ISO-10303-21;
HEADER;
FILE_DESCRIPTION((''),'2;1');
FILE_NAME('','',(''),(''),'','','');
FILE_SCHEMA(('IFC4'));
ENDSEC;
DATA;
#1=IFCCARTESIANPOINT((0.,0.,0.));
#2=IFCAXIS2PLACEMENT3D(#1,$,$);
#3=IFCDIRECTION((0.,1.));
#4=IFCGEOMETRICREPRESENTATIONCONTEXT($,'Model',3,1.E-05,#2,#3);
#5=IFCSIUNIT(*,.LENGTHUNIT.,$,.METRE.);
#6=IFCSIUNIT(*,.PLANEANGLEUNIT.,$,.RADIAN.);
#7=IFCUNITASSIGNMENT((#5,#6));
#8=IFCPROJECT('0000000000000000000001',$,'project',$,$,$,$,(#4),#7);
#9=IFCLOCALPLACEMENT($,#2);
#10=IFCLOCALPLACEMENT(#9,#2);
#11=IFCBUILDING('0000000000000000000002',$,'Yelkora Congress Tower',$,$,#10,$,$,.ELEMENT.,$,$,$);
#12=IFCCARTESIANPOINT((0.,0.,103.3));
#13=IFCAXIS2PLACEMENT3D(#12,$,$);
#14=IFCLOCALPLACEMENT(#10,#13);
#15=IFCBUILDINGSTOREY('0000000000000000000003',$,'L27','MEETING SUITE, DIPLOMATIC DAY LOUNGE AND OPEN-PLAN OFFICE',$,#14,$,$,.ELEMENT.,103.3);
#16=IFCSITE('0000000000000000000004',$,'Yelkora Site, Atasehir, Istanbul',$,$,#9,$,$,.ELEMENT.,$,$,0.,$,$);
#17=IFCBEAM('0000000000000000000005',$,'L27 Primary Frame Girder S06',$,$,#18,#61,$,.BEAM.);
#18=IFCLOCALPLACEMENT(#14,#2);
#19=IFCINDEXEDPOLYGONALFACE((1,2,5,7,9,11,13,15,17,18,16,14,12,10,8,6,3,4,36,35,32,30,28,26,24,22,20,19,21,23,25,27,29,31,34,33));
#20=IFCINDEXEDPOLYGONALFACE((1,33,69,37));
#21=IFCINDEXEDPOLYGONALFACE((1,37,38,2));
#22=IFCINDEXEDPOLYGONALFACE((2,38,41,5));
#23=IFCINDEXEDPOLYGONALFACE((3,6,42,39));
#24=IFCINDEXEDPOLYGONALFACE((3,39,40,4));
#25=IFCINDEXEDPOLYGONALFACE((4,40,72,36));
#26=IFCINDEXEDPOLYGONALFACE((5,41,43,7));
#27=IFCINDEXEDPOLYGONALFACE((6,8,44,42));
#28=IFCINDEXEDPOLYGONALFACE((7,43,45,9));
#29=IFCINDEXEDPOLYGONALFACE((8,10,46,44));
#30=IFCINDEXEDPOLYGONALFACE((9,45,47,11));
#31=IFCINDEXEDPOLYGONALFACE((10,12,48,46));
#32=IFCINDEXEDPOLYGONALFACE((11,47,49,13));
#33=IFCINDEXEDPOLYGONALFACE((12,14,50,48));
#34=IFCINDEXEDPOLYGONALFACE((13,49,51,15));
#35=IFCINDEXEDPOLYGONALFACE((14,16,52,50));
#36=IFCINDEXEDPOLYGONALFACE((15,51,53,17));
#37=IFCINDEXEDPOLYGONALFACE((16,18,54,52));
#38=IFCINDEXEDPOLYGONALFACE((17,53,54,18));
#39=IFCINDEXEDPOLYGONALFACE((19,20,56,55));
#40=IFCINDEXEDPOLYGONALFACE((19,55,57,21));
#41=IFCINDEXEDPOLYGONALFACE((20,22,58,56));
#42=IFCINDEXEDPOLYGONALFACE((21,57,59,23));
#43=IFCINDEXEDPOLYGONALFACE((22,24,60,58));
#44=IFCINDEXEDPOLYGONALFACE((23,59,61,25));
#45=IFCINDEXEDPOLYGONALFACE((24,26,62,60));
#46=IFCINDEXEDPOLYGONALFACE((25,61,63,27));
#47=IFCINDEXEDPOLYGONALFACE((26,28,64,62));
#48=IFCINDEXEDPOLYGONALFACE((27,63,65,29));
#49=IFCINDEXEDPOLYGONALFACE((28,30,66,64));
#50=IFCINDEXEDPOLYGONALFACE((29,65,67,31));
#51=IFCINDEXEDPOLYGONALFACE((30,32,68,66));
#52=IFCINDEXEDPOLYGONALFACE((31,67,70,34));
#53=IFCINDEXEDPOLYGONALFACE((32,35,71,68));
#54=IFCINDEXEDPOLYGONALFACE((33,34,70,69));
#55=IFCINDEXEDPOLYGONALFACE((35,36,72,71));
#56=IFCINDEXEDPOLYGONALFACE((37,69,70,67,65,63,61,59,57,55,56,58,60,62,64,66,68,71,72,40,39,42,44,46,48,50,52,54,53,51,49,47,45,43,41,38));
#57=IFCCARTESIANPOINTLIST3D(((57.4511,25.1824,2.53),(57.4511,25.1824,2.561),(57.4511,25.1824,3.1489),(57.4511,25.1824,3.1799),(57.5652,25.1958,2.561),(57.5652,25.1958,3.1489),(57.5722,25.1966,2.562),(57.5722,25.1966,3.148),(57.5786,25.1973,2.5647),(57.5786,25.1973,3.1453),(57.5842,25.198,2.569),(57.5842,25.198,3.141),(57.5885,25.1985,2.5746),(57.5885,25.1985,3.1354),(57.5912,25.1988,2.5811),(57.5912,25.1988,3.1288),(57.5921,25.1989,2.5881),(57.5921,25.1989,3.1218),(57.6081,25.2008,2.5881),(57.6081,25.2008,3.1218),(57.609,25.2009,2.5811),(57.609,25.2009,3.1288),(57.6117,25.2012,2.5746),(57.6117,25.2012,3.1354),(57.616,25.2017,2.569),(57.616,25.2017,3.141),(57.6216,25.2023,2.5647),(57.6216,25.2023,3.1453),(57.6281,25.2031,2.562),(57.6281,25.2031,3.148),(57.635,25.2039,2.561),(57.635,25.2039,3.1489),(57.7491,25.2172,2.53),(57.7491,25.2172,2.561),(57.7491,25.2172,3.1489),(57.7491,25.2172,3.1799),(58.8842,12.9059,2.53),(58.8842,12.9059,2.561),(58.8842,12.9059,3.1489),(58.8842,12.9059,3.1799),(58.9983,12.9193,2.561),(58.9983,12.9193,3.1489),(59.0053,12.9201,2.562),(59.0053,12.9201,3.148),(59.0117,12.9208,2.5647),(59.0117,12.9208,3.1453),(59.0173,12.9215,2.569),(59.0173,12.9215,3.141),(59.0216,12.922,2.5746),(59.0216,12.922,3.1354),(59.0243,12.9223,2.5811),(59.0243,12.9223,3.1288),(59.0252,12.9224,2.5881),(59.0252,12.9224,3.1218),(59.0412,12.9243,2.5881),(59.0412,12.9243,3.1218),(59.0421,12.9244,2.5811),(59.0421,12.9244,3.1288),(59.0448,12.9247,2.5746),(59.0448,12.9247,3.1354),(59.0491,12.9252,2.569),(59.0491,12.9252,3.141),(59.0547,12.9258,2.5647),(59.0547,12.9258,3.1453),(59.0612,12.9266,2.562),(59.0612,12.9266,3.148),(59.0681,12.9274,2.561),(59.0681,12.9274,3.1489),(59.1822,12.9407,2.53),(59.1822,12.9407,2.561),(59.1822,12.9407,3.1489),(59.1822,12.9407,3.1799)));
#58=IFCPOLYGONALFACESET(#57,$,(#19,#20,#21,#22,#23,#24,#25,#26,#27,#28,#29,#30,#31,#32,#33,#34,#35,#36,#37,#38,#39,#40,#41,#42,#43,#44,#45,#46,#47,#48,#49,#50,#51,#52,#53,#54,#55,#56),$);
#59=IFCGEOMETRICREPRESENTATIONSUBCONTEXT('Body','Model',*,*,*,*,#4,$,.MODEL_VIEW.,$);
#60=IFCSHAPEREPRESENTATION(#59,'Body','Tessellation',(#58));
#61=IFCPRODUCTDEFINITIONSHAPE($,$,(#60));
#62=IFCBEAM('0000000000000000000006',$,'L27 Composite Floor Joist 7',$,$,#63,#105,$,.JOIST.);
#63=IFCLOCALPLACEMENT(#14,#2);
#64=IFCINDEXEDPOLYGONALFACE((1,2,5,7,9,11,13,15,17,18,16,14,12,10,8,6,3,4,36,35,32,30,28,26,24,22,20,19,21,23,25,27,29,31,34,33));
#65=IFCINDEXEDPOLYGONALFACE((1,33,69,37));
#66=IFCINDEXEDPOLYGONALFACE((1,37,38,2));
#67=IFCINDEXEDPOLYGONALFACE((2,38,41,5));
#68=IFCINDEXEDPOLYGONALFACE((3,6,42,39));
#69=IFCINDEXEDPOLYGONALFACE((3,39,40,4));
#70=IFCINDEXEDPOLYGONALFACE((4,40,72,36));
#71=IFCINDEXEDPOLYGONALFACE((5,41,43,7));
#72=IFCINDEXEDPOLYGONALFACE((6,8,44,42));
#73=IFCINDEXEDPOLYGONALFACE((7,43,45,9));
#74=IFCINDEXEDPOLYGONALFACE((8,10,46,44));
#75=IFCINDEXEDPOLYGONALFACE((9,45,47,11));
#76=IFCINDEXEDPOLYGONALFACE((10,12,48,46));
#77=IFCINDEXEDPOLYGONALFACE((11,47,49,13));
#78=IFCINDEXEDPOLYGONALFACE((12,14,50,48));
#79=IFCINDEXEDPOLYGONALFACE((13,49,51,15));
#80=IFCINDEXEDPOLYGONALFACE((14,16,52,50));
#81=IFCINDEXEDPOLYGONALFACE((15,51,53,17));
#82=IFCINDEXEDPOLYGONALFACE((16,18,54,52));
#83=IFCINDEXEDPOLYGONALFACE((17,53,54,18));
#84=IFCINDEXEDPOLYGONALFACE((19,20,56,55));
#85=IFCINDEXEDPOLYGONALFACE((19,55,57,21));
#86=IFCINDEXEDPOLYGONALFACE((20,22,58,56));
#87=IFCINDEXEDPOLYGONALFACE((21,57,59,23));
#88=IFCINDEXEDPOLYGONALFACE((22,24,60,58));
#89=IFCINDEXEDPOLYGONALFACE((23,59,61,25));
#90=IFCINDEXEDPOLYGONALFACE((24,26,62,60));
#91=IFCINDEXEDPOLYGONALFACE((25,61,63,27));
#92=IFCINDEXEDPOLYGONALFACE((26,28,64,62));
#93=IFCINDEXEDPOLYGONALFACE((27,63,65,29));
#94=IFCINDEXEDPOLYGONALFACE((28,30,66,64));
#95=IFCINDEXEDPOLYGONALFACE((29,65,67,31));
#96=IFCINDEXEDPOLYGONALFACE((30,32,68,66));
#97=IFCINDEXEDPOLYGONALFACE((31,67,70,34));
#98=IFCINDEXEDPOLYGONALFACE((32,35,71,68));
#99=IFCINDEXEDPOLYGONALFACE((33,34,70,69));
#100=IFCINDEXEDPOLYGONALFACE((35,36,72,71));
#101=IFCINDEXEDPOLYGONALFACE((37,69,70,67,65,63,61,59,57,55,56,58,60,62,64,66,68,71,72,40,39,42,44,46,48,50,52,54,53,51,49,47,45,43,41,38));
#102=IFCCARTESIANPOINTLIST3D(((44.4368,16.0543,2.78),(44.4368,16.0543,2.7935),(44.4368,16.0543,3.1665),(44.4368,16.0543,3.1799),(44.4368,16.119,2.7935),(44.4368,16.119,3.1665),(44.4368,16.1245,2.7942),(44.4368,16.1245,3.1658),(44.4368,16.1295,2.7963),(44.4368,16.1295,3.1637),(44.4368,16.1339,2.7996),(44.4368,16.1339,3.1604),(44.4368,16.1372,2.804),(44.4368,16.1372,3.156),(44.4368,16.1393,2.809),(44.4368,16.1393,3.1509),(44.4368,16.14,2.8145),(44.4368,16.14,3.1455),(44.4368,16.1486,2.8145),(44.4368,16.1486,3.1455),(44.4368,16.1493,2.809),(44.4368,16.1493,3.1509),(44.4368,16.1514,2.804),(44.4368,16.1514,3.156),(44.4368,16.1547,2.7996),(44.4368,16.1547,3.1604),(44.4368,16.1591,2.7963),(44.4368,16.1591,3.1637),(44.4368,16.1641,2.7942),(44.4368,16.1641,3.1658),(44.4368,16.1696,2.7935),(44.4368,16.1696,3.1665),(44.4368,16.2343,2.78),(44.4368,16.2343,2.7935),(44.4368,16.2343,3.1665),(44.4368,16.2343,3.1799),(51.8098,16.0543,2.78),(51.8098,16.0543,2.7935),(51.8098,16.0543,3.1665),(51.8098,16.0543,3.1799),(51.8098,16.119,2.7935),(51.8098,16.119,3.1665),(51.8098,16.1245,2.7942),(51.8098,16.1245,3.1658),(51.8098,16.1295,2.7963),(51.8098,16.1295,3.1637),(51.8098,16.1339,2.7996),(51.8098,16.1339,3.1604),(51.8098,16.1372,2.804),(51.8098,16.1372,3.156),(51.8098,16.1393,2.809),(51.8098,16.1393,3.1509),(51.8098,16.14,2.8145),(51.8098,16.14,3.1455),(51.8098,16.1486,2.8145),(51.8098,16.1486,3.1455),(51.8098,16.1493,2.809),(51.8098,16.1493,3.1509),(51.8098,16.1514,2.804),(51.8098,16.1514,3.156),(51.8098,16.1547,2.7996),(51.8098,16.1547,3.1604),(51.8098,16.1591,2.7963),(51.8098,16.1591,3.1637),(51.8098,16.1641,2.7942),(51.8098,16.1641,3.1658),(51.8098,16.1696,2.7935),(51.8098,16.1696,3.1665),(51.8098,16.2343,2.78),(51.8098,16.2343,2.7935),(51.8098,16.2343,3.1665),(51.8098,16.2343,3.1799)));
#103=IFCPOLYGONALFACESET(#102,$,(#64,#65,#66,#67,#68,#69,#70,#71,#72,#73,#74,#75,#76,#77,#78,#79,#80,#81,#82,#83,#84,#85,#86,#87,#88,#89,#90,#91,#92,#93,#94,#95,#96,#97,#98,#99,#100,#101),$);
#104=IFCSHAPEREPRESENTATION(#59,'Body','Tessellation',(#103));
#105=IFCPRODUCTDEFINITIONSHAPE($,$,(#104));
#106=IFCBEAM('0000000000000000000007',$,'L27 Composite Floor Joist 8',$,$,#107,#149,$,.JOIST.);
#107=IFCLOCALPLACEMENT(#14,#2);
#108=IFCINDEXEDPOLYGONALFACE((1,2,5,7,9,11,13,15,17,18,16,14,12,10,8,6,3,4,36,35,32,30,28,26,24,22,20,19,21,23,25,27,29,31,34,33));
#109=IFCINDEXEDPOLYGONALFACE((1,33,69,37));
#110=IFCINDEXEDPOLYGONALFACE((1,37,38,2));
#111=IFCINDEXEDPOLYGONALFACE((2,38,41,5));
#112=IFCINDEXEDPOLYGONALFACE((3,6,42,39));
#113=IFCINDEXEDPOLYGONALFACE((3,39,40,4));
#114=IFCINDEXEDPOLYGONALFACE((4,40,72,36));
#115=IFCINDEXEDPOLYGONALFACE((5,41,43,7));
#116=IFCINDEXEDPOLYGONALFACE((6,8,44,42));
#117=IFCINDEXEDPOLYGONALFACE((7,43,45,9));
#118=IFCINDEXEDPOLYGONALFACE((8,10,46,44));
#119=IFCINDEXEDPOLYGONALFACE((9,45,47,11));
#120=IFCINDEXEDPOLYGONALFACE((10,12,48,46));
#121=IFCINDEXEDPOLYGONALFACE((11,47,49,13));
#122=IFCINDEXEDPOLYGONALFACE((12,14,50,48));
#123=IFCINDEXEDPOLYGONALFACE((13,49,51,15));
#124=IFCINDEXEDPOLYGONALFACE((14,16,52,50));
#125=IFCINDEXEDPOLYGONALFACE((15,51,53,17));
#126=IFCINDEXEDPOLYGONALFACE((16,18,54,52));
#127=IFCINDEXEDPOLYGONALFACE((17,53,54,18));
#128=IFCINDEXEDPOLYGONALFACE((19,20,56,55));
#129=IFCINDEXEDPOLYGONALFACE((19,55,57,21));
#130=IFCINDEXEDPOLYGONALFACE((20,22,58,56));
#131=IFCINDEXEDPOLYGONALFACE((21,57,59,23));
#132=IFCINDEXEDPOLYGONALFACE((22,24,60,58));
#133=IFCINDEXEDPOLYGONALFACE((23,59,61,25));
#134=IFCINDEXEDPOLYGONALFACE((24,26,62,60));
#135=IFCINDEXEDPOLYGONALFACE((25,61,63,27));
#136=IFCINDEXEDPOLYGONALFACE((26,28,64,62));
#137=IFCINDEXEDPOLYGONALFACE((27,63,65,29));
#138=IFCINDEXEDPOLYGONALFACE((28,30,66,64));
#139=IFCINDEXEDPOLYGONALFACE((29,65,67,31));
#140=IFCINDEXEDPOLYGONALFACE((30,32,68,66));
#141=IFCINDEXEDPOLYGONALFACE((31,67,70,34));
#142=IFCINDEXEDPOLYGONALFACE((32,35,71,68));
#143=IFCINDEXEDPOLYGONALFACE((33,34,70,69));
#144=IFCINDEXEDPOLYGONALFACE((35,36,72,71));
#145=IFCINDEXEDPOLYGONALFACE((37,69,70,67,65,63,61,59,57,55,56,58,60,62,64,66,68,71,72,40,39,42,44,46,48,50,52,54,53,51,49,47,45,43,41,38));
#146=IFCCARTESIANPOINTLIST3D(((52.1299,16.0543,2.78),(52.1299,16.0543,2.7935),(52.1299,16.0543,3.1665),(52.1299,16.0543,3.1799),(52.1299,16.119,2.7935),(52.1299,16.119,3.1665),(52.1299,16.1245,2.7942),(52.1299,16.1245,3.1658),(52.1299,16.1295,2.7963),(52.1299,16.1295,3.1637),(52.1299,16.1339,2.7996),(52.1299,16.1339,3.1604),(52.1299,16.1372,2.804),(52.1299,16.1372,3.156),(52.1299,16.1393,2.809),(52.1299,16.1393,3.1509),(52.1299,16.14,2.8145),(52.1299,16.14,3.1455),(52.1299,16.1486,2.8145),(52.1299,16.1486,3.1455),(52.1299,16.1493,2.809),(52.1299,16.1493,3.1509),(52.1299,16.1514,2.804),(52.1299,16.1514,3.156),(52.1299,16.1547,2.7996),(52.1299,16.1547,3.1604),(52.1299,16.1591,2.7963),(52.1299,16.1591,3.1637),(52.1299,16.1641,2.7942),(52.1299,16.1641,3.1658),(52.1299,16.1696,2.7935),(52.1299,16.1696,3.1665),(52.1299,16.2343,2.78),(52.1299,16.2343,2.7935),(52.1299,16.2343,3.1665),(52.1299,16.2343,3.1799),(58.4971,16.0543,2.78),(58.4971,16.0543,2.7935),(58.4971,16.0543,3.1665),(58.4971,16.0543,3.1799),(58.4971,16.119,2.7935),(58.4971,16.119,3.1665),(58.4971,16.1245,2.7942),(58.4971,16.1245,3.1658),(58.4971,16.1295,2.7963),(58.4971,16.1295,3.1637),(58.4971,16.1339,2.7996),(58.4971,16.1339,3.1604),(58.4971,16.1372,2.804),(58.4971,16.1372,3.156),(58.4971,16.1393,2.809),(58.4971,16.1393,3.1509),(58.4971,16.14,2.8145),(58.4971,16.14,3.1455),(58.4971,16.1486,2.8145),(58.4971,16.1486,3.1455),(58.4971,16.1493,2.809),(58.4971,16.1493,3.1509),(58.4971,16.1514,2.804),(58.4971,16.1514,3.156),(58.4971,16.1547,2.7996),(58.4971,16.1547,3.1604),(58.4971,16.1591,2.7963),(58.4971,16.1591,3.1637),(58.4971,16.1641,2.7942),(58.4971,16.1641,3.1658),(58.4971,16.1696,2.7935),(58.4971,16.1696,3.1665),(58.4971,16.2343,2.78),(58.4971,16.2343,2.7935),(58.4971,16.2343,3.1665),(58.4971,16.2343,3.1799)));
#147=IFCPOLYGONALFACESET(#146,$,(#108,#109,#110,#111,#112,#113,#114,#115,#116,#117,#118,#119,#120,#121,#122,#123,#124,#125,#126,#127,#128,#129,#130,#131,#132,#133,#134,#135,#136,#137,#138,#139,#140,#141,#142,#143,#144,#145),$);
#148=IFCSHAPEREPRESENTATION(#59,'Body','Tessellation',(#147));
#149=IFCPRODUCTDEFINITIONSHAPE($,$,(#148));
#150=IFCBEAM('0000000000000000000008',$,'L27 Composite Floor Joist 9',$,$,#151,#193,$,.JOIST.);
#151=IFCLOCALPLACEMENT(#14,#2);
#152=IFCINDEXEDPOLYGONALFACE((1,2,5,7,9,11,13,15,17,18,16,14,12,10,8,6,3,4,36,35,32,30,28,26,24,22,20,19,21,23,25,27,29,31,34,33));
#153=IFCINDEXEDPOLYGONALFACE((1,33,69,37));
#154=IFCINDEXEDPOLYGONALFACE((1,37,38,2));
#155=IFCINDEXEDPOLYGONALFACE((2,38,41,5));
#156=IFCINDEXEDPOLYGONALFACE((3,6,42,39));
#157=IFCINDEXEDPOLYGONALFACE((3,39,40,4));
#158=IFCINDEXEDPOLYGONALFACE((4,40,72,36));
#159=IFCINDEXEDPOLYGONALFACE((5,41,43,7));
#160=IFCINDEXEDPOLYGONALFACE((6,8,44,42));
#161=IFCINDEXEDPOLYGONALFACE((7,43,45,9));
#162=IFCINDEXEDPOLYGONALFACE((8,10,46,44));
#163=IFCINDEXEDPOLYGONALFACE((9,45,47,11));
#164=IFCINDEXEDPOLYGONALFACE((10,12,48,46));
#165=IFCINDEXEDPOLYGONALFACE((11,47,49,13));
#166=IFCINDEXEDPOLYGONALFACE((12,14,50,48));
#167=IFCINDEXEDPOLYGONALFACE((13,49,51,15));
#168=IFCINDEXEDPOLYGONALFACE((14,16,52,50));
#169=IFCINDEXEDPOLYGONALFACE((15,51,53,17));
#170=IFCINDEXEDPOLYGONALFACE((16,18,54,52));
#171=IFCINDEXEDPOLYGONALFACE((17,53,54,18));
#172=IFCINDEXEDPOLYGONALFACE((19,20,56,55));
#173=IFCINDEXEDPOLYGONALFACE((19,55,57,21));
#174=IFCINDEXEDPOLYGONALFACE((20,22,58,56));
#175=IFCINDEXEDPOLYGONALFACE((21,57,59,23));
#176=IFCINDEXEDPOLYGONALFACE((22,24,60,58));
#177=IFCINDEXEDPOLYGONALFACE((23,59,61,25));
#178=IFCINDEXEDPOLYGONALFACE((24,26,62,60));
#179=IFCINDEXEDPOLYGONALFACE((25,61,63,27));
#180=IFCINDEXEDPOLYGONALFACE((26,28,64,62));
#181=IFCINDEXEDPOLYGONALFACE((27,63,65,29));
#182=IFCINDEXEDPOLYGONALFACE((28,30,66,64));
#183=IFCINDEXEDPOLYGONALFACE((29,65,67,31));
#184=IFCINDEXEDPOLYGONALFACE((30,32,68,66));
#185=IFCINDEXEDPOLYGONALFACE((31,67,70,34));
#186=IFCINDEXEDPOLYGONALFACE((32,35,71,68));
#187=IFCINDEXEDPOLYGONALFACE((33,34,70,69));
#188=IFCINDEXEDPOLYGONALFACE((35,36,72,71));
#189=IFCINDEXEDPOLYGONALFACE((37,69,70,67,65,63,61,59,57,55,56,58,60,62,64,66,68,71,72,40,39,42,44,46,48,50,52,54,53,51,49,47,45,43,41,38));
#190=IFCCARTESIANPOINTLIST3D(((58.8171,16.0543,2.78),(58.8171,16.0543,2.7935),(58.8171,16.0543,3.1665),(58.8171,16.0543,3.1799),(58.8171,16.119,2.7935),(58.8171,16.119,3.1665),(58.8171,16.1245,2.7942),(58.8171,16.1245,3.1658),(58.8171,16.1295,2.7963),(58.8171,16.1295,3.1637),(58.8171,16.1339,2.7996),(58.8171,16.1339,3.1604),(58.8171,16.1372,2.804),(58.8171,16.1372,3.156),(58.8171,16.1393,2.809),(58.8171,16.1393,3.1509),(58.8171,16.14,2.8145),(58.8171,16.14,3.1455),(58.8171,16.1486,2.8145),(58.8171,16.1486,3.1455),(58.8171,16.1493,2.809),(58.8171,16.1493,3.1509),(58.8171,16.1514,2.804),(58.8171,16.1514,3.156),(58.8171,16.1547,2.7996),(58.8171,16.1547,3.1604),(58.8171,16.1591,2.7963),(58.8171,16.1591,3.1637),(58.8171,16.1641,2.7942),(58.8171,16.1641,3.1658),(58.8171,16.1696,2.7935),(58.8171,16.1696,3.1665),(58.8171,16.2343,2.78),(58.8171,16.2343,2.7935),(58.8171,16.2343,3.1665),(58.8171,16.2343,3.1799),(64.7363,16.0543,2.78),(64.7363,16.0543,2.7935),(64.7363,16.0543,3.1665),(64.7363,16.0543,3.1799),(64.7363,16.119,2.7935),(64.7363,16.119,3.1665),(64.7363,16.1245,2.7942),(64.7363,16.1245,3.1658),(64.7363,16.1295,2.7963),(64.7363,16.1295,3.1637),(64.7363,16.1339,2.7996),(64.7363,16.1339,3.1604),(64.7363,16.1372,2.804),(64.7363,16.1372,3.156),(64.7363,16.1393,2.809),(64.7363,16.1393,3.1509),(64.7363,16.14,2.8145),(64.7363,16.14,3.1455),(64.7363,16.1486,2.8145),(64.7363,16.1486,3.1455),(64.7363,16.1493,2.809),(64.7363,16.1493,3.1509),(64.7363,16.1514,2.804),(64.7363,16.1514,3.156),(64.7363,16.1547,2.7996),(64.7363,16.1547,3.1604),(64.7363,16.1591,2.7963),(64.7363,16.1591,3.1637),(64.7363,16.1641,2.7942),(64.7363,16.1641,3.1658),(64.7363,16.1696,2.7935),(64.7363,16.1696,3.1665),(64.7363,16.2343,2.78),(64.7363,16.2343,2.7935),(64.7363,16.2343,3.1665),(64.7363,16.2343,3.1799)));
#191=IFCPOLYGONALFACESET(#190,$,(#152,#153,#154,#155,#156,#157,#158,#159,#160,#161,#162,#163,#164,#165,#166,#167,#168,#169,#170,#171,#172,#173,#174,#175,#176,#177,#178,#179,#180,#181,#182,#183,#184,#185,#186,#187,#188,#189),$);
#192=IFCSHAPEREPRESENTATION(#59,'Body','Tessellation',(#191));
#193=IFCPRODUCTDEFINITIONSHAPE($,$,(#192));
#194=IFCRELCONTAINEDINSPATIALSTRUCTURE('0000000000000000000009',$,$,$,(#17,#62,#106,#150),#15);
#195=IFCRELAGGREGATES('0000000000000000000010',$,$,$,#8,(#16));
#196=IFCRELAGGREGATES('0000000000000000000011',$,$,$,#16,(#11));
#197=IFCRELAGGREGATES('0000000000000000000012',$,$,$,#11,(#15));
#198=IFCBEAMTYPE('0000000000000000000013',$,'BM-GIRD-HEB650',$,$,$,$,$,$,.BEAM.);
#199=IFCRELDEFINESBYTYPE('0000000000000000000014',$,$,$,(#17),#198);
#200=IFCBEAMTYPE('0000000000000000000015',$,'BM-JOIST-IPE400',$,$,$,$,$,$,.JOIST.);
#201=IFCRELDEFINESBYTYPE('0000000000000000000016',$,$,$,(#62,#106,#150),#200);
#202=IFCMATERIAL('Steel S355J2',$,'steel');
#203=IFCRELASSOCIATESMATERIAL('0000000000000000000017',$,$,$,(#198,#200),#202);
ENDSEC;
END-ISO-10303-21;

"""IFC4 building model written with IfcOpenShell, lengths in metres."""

from ifc_helpers import new_model, si_unit, direction, frame, origin, origin_2d, place, context, subcontext, project, spatial, i_section, extrude, material, material_profile, profile_set, type_object, element, save


model = new_model("IFC4")

# Units and contexts
model_context = context("Model", 3, precision=1e-05, world=origin(), true_north=direction((0.0, 1.0)))
body_context = subcontext(model_context, "Body", "Model", "MODEL_VIEW")
ifc_project = project(units=[si_unit("LENGTHUNIT", "METRE"), si_unit("PLANEANGLEUNIT", "RADIAN")], contexts=[model_context])

# Site, building, storey
site_placement = place(None, origin())
site = spatial("IfcSite", under=ifc_project, at=site_placement, Name="Yelkora Site, Atasehir, Istanbul", CompositionType="ELEMENT", RefElevation=0.0)
building_placement = place(site_placement, origin())
building = spatial("IfcBuilding", under=site, at=building_placement, Name="Yelkora Congress Tower", CompositionType="ELEMENT")
storey_placement = place(building_placement, frame((0.0, 0.0, 103.3)))
storey = spatial("IfcBuildingStorey", under=building, at=storey_placement, Name="L27", Description="MEETING SUITE, DIPLOMATIC DAY LOUNGE AND OPEN-PLAN OFFICE", CompositionType="ELEMENT", Elevation=103.3)

# Beams
ifc_material_1 = material(Name="Steel S355J2", Category="steel")
ifc_material_profile_1 = material_profile(ifc_material_1, i_section(OverallWidth=0.3, OverallDepth=0.6499, WebThickness=0.0161, FlangeThickness=0.031, FilletRadius=0.0271, at=origin_2d()), Name="HEB 650")
ifc_profile_set_1 = profile_set([ifc_material_profile_1], Name="Steel S355J2")
beam_type_1 = type_object("IfcBeamType", Name="BM-GIRD-HEB650", PredefinedType="BEAM", material=ifc_profile_set_1)
beam_1_placement = place(storey_placement, frame((59.0332, 12.9233, 2.855), z_axis=(-0.115947, 0.993255, 0.0), x_axis=(-0.993255, -0.115947, 0.0)))
element("IfcBeam", 1, at=beam_1_placement, inside=storey, type_object=beam_type_1, Name="L27 Primary Frame Girder S06", PredefinedType="BEAM", context=body_context, shape_type="SweptSolid", body=[
    extrude(i_section(OverallWidth=0.3, OverallDepth=0.6499, WebThickness=0.0161, FlangeThickness=0.031, FilletRadius=0.0271, at=origin_2d()), origin(), (0.0, 0.0, 1.0), 12.3599),
])
ifc_material_profile_2 = material_profile(ifc_material_1, i_section(OverallWidth=0.1799, OverallDepth=0.3999, WebThickness=0.0085, FlangeThickness=0.0134, FilletRadius=0.021, at=origin_2d()), Name="IPE 400")
ifc_profile_set_2 = profile_set([ifc_material_profile_2], Name="Steel S355J2")
beam_type_2 = type_object("IfcBeamType", Name="BM-JOIST-IPE400", PredefinedType="JOIST", material=ifc_profile_set_2)
beam_2_placement = place(storey_placement, frame((44.4368, 16.1443, 2.98), z_axis=(1.0, 0.0, 0.0), x_axis=(0.0, 1.0, 0.0)))
element("IfcBeam", 2, at=beam_2_placement, inside=storey, type_object=beam_type_2, Name="L27 Composite Floor Joist 7", PredefinedType="JOIST", context=body_context, shape_type="SweptSolid", body=[
    extrude(i_section(OverallWidth=0.1799, OverallDepth=0.3999, WebThickness=0.0085, FlangeThickness=0.0134, FilletRadius=0.021, at=origin_2d()), origin(), (0.0, 0.0, 1.0), 7.373),
])
beam_3_placement = place(storey_placement, frame((52.1299, 16.1443, 2.98), z_axis=(1.0, 0.0, 0.0), x_axis=(0.0, 1.0, 0.0)))
element("IfcBeam", 3, at=beam_3_placement, inside=storey, type_object=beam_type_2, Name="L27 Composite Floor Joist 8", PredefinedType="JOIST", context=body_context, shape_type="SweptSolid", body=[
    extrude(i_section(OverallWidth=0.1799, OverallDepth=0.3999, WebThickness=0.0085, FlangeThickness=0.0134, FilletRadius=0.021, at=origin_2d()), origin(), (0.0, 0.0, 1.0), 6.3672),
])
beam_4_placement = place(storey_placement, frame((58.8171, 16.1443, 2.98), z_axis=(1.0, 0.0, 0.0), x_axis=(0.0, 1.0, 0.0)))
element("IfcBeam", 4, at=beam_4_placement, inside=storey, type_object=beam_type_2, Name="L27 Composite Floor Joist 9", PredefinedType="JOIST", context=body_context, shape_type="SweptSolid", body=[
    extrude(i_section(OverallWidth=0.1799, OverallDepth=0.3999, WebThickness=0.0085, FlangeThickness=0.0134, FilletRadius=0.021, at=origin_2d()), origin(), (0.0, 0.0, 1.0), 5.9192),
])

save(model, "model.ifc")
